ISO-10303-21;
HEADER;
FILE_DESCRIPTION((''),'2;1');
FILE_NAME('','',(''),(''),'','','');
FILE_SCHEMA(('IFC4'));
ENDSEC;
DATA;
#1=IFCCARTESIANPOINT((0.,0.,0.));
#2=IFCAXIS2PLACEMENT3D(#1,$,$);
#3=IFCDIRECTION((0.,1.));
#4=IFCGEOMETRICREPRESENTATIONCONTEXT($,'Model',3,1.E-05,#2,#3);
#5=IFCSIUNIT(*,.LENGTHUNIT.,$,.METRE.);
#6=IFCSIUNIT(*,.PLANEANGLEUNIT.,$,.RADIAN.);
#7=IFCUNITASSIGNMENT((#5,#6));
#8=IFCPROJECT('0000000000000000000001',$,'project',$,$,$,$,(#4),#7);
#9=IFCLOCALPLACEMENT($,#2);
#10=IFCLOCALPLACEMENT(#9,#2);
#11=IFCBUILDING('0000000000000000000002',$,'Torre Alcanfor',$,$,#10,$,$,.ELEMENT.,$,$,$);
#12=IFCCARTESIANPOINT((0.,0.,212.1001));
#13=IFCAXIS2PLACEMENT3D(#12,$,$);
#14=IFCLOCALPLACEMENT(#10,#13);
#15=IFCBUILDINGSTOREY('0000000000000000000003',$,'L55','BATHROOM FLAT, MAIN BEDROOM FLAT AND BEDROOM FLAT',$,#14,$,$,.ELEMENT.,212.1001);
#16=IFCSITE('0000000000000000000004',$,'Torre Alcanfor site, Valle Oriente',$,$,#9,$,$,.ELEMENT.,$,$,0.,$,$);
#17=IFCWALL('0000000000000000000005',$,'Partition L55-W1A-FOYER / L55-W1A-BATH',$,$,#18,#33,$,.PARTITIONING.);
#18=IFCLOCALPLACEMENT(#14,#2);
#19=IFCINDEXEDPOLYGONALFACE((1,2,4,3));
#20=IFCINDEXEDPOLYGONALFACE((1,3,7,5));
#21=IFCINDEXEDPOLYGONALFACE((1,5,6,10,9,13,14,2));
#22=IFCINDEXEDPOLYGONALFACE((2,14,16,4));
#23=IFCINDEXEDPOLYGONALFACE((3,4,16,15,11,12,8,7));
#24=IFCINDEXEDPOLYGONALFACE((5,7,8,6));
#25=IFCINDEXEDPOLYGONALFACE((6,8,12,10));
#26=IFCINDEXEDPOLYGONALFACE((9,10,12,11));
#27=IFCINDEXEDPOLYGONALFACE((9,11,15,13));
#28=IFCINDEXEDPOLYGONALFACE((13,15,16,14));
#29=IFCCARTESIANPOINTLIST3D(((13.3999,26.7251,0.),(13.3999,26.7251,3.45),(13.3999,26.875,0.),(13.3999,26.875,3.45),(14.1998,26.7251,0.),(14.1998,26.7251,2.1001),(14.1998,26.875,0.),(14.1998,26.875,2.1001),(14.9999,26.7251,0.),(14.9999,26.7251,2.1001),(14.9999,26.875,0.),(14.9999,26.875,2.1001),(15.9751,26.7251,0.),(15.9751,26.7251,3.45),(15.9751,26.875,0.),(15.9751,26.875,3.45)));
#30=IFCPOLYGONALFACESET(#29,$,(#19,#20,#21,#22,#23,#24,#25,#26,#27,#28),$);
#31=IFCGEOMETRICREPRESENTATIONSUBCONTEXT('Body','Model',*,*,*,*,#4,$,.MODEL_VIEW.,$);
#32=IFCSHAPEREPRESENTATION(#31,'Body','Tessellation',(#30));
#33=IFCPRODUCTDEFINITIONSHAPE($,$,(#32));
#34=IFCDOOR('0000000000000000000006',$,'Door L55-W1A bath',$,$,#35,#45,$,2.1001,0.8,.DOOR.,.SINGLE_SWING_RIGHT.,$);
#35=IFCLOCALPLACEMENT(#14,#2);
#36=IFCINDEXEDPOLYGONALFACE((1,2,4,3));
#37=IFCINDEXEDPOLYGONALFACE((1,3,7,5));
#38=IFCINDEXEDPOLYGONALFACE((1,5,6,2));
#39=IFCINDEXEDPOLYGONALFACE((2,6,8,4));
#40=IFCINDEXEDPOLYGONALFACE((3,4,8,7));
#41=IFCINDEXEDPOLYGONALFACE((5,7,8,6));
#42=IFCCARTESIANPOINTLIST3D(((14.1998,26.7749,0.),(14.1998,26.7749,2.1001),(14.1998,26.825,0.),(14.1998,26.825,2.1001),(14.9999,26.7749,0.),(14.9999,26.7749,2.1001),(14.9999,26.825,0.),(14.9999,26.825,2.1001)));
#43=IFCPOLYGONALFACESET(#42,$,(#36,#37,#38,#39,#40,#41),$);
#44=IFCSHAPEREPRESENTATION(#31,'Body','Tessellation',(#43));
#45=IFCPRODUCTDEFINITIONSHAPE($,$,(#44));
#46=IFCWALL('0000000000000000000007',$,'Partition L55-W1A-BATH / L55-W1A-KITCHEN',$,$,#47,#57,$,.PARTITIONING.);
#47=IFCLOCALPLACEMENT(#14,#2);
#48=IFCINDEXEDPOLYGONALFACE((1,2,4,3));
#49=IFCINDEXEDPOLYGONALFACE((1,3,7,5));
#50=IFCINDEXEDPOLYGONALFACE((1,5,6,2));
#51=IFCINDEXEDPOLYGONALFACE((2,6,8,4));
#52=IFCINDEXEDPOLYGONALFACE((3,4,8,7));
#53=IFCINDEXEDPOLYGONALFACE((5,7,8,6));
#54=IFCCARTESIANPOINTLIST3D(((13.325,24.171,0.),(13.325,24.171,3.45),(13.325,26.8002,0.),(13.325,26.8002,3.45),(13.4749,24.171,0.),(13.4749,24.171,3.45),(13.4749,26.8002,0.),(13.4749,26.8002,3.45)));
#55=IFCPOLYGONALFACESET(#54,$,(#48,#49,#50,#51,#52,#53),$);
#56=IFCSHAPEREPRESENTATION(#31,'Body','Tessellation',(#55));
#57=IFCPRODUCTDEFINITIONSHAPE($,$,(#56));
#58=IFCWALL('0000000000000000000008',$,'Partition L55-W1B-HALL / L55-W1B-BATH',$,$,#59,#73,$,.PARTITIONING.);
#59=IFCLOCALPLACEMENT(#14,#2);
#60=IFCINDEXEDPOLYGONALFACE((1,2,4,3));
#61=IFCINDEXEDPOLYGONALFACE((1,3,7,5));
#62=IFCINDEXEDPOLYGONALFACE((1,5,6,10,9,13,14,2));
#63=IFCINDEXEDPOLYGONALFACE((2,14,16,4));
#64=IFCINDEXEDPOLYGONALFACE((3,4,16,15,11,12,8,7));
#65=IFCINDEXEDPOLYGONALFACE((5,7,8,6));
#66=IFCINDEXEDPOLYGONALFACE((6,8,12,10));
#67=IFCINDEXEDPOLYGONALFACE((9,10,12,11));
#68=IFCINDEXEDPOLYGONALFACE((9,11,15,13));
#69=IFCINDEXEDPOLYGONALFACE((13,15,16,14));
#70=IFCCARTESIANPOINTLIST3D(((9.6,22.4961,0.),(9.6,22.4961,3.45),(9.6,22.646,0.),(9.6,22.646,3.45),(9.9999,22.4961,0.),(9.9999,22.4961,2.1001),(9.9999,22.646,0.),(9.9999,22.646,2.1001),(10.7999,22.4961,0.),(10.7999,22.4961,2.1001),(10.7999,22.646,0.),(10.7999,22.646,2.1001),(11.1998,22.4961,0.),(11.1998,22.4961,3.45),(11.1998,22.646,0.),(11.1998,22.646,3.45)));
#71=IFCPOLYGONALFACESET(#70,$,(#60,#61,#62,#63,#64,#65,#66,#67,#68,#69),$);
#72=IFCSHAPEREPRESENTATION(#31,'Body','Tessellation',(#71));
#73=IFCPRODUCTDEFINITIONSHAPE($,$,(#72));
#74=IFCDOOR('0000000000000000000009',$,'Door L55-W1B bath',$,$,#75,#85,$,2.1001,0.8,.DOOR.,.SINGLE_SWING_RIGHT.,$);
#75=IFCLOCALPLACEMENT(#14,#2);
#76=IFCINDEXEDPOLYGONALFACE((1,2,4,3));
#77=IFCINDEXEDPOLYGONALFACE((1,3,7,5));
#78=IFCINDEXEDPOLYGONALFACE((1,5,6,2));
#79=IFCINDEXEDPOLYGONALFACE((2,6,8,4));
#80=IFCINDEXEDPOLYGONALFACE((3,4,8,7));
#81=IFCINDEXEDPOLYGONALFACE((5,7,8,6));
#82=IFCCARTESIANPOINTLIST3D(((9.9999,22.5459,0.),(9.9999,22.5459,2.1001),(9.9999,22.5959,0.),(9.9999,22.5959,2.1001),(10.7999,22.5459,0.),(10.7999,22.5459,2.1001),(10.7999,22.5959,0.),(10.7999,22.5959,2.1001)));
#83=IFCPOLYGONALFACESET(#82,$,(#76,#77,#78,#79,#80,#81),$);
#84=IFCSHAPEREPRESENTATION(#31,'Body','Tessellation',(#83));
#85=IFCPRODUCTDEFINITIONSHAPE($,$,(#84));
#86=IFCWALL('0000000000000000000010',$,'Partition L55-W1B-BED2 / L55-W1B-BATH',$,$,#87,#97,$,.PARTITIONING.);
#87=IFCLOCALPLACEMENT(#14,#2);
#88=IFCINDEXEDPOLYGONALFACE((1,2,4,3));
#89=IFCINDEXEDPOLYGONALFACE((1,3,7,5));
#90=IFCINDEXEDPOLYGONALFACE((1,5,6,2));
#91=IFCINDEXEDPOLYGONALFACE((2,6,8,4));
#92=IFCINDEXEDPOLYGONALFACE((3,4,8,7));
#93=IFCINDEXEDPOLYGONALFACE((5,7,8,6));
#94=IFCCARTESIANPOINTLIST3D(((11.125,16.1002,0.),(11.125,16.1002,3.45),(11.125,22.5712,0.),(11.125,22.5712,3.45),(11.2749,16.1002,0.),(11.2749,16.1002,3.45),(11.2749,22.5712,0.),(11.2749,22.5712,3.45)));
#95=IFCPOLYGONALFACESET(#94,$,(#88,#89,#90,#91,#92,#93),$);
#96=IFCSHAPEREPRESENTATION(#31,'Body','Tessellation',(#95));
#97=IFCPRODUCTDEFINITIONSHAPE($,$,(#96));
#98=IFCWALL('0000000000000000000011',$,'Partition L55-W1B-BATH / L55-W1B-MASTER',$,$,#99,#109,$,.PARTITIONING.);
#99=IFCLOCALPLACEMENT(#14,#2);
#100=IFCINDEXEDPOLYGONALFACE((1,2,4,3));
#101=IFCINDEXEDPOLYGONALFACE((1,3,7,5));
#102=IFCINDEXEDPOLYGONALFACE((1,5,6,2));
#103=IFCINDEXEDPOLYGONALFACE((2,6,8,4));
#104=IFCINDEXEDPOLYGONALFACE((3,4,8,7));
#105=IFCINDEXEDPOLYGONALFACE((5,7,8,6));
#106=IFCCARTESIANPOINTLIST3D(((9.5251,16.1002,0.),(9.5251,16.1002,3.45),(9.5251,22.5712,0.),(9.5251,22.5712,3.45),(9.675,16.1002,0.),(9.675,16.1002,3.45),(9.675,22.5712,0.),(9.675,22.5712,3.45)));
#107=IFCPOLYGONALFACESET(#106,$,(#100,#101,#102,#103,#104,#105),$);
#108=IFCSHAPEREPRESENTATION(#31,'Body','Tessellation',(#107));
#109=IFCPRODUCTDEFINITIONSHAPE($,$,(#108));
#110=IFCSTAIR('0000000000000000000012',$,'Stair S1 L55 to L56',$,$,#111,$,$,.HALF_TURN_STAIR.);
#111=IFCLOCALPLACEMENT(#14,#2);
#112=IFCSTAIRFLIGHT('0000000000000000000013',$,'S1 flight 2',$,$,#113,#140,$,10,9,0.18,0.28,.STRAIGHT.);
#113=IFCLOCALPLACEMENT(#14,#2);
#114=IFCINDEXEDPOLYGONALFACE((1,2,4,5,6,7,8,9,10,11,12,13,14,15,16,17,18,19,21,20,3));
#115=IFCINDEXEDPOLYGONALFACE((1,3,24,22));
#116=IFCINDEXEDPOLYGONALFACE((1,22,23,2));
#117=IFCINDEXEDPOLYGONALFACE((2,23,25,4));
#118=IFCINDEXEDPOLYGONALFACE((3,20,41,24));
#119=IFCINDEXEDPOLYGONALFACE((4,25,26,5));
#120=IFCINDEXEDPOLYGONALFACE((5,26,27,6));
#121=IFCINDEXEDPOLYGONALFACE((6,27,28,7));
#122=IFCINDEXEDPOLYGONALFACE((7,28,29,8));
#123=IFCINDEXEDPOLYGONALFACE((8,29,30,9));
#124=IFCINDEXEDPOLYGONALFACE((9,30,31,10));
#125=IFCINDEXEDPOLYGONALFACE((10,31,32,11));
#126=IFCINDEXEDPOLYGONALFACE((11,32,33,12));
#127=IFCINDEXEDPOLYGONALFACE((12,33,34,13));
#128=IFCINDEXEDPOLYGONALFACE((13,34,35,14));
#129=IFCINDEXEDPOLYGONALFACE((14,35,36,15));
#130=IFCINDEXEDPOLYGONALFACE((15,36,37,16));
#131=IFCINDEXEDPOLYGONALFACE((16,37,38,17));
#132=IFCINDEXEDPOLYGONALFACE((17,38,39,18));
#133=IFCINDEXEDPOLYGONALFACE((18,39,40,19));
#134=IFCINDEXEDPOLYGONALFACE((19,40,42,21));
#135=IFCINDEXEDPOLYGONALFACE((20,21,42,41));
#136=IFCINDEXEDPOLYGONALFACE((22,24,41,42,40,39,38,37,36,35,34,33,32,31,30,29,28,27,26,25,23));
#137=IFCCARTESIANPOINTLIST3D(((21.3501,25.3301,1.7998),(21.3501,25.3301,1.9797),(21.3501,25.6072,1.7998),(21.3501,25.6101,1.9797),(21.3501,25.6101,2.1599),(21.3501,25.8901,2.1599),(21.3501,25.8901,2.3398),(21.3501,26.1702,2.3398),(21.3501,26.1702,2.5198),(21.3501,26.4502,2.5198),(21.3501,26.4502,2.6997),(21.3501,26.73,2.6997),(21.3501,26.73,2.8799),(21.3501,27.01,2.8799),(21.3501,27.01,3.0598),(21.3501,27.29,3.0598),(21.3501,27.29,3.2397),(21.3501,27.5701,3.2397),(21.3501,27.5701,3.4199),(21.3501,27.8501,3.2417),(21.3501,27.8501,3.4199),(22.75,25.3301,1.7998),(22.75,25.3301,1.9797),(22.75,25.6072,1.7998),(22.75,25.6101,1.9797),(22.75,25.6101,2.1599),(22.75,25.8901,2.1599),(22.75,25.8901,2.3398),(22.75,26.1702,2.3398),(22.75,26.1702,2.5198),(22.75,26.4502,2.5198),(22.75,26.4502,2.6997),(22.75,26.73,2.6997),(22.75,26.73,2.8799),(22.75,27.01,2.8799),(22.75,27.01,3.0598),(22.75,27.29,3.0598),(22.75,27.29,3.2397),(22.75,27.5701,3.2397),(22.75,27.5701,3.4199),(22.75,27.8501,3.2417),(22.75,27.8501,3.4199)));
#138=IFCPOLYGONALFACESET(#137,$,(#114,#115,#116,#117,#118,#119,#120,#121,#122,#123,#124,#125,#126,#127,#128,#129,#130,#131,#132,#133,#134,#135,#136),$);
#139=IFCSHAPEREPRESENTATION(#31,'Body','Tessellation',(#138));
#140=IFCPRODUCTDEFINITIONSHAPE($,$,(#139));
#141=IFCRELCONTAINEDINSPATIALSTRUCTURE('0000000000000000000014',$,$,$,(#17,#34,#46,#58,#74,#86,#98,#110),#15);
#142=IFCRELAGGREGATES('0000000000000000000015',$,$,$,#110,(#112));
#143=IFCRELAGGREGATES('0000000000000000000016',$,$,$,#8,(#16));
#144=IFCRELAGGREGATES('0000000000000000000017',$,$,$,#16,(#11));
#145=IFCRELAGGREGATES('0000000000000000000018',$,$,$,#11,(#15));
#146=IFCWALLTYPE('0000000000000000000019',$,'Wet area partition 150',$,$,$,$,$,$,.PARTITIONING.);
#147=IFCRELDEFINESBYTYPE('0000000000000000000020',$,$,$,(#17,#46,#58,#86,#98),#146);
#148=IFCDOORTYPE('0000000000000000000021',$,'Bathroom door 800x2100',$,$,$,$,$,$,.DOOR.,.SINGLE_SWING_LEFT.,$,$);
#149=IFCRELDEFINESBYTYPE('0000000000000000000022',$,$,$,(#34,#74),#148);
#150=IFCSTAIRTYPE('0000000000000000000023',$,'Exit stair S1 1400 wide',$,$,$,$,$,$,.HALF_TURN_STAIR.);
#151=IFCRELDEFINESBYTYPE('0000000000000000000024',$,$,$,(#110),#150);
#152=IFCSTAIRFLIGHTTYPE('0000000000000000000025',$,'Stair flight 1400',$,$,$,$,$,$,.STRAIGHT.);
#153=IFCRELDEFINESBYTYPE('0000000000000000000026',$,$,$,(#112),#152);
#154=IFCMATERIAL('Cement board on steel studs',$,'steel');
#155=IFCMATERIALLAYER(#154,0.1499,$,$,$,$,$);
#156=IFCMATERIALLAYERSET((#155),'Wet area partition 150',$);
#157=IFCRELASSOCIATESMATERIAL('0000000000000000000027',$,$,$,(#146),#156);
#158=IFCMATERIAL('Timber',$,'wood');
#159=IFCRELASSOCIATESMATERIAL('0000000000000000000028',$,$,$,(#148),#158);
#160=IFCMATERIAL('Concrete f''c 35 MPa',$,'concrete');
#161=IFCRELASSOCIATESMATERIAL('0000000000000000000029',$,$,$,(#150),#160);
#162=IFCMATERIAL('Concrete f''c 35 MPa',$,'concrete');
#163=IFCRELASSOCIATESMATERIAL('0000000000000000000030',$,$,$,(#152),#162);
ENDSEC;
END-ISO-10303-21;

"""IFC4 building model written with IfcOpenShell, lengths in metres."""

from ifc_helpers import new_model, si_unit, direction, frame, frame_2d, origin, place, context, subcontext, project, spatial, polyline, rectangle, outline, extrude, material, layer, layer_set, type_object, element, fill, aggregate, save


model = new_model("IFC4")

# Units and contexts
model_context = context("Model", 3, precision=1e-05, world=origin(), true_north=direction((0.0, 1.0)))
body_context = subcontext(model_context, "Body", "Model", "MODEL_VIEW")
ifc_project = project(units=[si_unit("LENGTHUNIT", "METRE"), si_unit("PLANEANGLEUNIT", "RADIAN")], contexts=[model_context])

# Site, building, storey
site_placement = place(None, origin())
site = spatial("IfcSite", under=ifc_project, at=site_placement, Name="Torre Alcanfor site, Valle Oriente", CompositionType="ELEMENT", RefElevation=0.0)
building_placement = place(site_placement, origin())
building = spatial("IfcBuilding", under=site, at=building_placement, Name="Torre Alcanfor", CompositionType="ELEMENT")
storey_placement = place(building_placement, frame((0.0, 0.0, 212.1001)))
storey = spatial("IfcBuildingStorey", under=building, at=storey_placement, Name="L55", Description="BATHROOM FLAT, MAIN BEDROOM FLAT AND BEDROOM FLAT", CompositionType="ELEMENT", Elevation=212.1001)

# Wall, opening, door
ifc_material_1 = material(Name="Cement board on steel studs", Category="steel")
ifc_layer_1 = layer(ifc_material_1, 0.1499)
ifc_layer_set_1 = layer_set([ifc_layer_1], Name="Wet area partition 150")
wall_type_1 = type_object("IfcWallType", Name="Wet area partition 150", PredefinedType="PARTITIONING", material=ifc_layer_set_1)
wall_1_placement = place(storey_placement, frame((13.3999, 26.8, 0.0), z_axis=(0.0, 0.0, 1.0), x_axis=(1.0, 0.0, 0.0)))
wall_1 = element("IfcWall", 1, at=wall_1_placement, inside=storey, type_object=wall_type_1, Name="Partition L55-W1A-FOYER / L55-W1A-BATH", PredefinedType="PARTITIONING", context=body_context, shape_type="SweptSolid", body=[
    extrude(rectangle(XDim=2.5752, YDim=0.1499, at=frame_2d((1.2876, 0.0))), origin(), (0.0, 0.0, 1.0), 3.45),
])
opening_1_placement = place(wall_1_placement, frame((0.8, 0.0, 0.0)))
opening_1 = element("IfcOpeningElement", 2, at=opening_1_placement, cuts=wall_1, PredefinedType="OPENING", context=body_context, shape_type="SweptSolid", body=[
    extrude(rectangle(XDim=0.8, YDim=2.1001, at=frame_2d((0.3999, 1.05))), frame((0.0, 0.085, 0.0), z_axis=(0.0, -1.0, 0.0), x_axis=(1.0, 0.0, 0.0)), (0.0, 0.0, 1.0), 0.1699),
])
ifc_material_2 = material(Name="Timber", Category="wood")
door_type_1 = type_object("IfcDoorType", Name="Bathroom door 800x2100", OperationType="SINGLE_SWING_LEFT", PredefinedType="DOOR", material=ifc_material_2)
door_1_placement = place(opening_1_placement, frame((0.8, 0.0, 0.0), z_axis=(0.0, 0.0, 1.0), x_axis=(-1.0, 0.0, 0.0)))
door_1 = element("IfcDoor", 3, at=door_1_placement, inside=storey, type_object=door_type_1, Name="Door L55-W1A bath", OperationType="SINGLE_SWING_RIGHT", OverallHeight=2.1001, OverallWidth=0.8, PredefinedType="DOOR", context=body_context, shape_type="SweptSolid", body=[
    extrude(rectangle(XDim=0.8, YDim=2.1001, at=frame_2d((0.4001, 1.05))), frame((0.0, 0.0251, 0.0), z_axis=(0.0, -1.0, 0.0), x_axis=(1.0, 0.0, 0.0)), (0.0, 0.0, 1.0), 0.05),
])
fill(opening_1, door_1)

# Wall
wall_2_placement = place(storey_placement, frame((13.3999, 26.8, 0.0), z_axis=(0.0, 0.0, 1.0), x_axis=(0.0, -1.0, 0.0)))
element("IfcWall", 4, at=wall_2_placement, inside=storey, type_object=wall_type_1, Name="Partition L55-W1A-BATH / L55-W1A-KITCHEN", PredefinedType="PARTITIONING", context=body_context, shape_type="SweptSolid", body=[
    extrude(rectangle(XDim=2.6292, YDim=0.1499, at=frame_2d((1.3145, 0.0))), origin(), (0.0, 0.0, 1.0), 3.45),
])

# Wall, opening, door
wall_3_placement = place(storey_placement, frame((9.6001, 22.571, 0.0), z_axis=(0.0, 0.0, 1.0), x_axis=(1.0, 0.0, 0.0)))
wall_3 = element("IfcWall", 5, at=wall_3_placement, inside=storey, type_object=wall_type_1, Name="Partition L55-W1B-HALL / L55-W1B-BATH", PredefinedType="PARTITIONING", context=body_context, shape_type="SweptSolid", body=[
    extrude(rectangle(XDim=1.5999, YDim=0.1499, at=frame_2d((0.7998, 0.0))), origin(), (0.0, 0.0, 1.0), 3.45),
])
opening_2_placement = place(wall_3_placement, frame((0.3999, 0.0, 0.0)))
opening_2 = element("IfcOpeningElement", 6, at=opening_2_placement, cuts=wall_3, PredefinedType="OPENING", context=body_context, shape_type="SweptSolid", body=[
    extrude(rectangle(XDim=0.8, YDim=2.1001, at=frame_2d((0.3999, 1.05))), frame((0.0, 0.085, 0.0), z_axis=(0.0, -1.0, 0.0), x_axis=(1.0, 0.0, 0.0)), (0.0, 0.0, 1.0), 0.1699),
])
door_2_placement = place(opening_2_placement, frame((0.8, 0.0, 0.0), z_axis=(0.0, 0.0, 1.0), x_axis=(-1.0, 0.0, 0.0)))
door_2 = element("IfcDoor", 7, at=door_2_placement, inside=storey, type_object=door_type_1, Name="Door L55-W1B bath", OperationType="SINGLE_SWING_RIGHT", OverallHeight=2.1001, OverallWidth=0.8, PredefinedType="DOOR", context=body_context, shape_type="SweptSolid", body=[
    extrude(rectangle(XDim=0.8, YDim=2.1001, at=frame_2d((0.4001, 1.05))), frame((0.0, 0.0251, 0.0), z_axis=(0.0, -1.0, 0.0), x_axis=(1.0, 0.0, 0.0)), (0.0, 0.0, 1.0), 0.05),
])
fill(opening_2, door_2)

# Walls
for number, where, z_axis, x_axis, name in (
    (8, (11.2, 22.571, 0.0), (0.0, 0.0, 1.0), (0.0, -1.0, 0.0), "Partition L55-W1B-BED2 / L55-W1B-BATH"),
    (9, (9.6001, 22.571, 0.0), (0.0, 0.0, 1.0), (0.0, -1.0, 0.0), "Partition L55-W1B-BATH / L55-W1B-MASTER"),
):
    element("IfcWall", number, at=place(storey_placement, frame(where, z_axis=z_axis, x_axis=x_axis)), inside=storey, type_object=wall_type_1, Name=name, PredefinedType="PARTITIONING", context=body_context, shape_type="SweptSolid", body=[
        extrude(rectangle(XDim=6.4709, YDim=0.1499, at=frame_2d((3.2354, 0.0))), origin(), (0.0, 0.0, 1.0), 3.45),
    ])

# Stair, stair flight
ifc_material_3 = material(Name="Concrete f'c 35 MPa", Category="concrete")
stair_type = type_object("IfcStairType", Name="Exit stair S1 1400 wide", PredefinedType="HALF_TURN_STAIR", material=ifc_material_3)
stair_placement = place(storey_placement, origin())
stair = element("IfcStair", 10, at=stair_placement, inside=storey, type_object=stair_type, Name="Stair S1 L55 to L56", PredefinedType="HALF_TURN_STAIR")
ifc_material_4 = material(Name="Concrete f'c 35 MPa", Category="concrete")
stair_flight_type = type_object("IfcStairFlightType", Name="Stair flight 1400", PredefinedType="STRAIGHT", material=ifc_material_4)
stair_flight_placement = place(storey_placement, frame((22.05, 25.3301, 1.7998), z_axis=(0.0, 0.0, 1.0), x_axis=(0.0, 1.0, 0.0)))
stair_flight = element("IfcStairFlight", 11, at=stair_flight_placement, type_object=stair_flight_type, Name="S1 flight 2", NumberOfRisers=10, NumberOfTreads=9, PredefinedType="STRAIGHT", RiserHeight=0.18, TreadLength=0.28, context=body_context, shape_type="SweptSolid", body=[
    extrude(outline(polyline([(0.0, 0.0), (0.0, 0.1799), (0.28, 0.1799), (0.28, 0.3601), (0.5601, 0.3601), (0.5601, 0.54), (0.8401, 0.54), (0.8401, 0.72), (1.1201, 0.72), (1.1201, 0.8999), (1.3999, 0.8999), (1.3999, 1.0801), (1.6799, 1.0801), (1.6799, 1.26), (1.96, 1.26), (1.96, 1.4399), (2.24, 1.4399), (2.24, 1.6201), (2.52, 1.6201), (2.52, 1.8), (2.52, 1.4419), (0.2771, 0.0), (0.0, 0.0)])), frame((0.0, 0.7, 0.0), z_axis=(0.0, -1.0, 0.0), x_axis=(1.0, 0.0, 0.0)), (0.0, 0.0, 1.0), 1.3999),
])
aggregate(stair, [stair_flight])

save(model, "model.ifc")
